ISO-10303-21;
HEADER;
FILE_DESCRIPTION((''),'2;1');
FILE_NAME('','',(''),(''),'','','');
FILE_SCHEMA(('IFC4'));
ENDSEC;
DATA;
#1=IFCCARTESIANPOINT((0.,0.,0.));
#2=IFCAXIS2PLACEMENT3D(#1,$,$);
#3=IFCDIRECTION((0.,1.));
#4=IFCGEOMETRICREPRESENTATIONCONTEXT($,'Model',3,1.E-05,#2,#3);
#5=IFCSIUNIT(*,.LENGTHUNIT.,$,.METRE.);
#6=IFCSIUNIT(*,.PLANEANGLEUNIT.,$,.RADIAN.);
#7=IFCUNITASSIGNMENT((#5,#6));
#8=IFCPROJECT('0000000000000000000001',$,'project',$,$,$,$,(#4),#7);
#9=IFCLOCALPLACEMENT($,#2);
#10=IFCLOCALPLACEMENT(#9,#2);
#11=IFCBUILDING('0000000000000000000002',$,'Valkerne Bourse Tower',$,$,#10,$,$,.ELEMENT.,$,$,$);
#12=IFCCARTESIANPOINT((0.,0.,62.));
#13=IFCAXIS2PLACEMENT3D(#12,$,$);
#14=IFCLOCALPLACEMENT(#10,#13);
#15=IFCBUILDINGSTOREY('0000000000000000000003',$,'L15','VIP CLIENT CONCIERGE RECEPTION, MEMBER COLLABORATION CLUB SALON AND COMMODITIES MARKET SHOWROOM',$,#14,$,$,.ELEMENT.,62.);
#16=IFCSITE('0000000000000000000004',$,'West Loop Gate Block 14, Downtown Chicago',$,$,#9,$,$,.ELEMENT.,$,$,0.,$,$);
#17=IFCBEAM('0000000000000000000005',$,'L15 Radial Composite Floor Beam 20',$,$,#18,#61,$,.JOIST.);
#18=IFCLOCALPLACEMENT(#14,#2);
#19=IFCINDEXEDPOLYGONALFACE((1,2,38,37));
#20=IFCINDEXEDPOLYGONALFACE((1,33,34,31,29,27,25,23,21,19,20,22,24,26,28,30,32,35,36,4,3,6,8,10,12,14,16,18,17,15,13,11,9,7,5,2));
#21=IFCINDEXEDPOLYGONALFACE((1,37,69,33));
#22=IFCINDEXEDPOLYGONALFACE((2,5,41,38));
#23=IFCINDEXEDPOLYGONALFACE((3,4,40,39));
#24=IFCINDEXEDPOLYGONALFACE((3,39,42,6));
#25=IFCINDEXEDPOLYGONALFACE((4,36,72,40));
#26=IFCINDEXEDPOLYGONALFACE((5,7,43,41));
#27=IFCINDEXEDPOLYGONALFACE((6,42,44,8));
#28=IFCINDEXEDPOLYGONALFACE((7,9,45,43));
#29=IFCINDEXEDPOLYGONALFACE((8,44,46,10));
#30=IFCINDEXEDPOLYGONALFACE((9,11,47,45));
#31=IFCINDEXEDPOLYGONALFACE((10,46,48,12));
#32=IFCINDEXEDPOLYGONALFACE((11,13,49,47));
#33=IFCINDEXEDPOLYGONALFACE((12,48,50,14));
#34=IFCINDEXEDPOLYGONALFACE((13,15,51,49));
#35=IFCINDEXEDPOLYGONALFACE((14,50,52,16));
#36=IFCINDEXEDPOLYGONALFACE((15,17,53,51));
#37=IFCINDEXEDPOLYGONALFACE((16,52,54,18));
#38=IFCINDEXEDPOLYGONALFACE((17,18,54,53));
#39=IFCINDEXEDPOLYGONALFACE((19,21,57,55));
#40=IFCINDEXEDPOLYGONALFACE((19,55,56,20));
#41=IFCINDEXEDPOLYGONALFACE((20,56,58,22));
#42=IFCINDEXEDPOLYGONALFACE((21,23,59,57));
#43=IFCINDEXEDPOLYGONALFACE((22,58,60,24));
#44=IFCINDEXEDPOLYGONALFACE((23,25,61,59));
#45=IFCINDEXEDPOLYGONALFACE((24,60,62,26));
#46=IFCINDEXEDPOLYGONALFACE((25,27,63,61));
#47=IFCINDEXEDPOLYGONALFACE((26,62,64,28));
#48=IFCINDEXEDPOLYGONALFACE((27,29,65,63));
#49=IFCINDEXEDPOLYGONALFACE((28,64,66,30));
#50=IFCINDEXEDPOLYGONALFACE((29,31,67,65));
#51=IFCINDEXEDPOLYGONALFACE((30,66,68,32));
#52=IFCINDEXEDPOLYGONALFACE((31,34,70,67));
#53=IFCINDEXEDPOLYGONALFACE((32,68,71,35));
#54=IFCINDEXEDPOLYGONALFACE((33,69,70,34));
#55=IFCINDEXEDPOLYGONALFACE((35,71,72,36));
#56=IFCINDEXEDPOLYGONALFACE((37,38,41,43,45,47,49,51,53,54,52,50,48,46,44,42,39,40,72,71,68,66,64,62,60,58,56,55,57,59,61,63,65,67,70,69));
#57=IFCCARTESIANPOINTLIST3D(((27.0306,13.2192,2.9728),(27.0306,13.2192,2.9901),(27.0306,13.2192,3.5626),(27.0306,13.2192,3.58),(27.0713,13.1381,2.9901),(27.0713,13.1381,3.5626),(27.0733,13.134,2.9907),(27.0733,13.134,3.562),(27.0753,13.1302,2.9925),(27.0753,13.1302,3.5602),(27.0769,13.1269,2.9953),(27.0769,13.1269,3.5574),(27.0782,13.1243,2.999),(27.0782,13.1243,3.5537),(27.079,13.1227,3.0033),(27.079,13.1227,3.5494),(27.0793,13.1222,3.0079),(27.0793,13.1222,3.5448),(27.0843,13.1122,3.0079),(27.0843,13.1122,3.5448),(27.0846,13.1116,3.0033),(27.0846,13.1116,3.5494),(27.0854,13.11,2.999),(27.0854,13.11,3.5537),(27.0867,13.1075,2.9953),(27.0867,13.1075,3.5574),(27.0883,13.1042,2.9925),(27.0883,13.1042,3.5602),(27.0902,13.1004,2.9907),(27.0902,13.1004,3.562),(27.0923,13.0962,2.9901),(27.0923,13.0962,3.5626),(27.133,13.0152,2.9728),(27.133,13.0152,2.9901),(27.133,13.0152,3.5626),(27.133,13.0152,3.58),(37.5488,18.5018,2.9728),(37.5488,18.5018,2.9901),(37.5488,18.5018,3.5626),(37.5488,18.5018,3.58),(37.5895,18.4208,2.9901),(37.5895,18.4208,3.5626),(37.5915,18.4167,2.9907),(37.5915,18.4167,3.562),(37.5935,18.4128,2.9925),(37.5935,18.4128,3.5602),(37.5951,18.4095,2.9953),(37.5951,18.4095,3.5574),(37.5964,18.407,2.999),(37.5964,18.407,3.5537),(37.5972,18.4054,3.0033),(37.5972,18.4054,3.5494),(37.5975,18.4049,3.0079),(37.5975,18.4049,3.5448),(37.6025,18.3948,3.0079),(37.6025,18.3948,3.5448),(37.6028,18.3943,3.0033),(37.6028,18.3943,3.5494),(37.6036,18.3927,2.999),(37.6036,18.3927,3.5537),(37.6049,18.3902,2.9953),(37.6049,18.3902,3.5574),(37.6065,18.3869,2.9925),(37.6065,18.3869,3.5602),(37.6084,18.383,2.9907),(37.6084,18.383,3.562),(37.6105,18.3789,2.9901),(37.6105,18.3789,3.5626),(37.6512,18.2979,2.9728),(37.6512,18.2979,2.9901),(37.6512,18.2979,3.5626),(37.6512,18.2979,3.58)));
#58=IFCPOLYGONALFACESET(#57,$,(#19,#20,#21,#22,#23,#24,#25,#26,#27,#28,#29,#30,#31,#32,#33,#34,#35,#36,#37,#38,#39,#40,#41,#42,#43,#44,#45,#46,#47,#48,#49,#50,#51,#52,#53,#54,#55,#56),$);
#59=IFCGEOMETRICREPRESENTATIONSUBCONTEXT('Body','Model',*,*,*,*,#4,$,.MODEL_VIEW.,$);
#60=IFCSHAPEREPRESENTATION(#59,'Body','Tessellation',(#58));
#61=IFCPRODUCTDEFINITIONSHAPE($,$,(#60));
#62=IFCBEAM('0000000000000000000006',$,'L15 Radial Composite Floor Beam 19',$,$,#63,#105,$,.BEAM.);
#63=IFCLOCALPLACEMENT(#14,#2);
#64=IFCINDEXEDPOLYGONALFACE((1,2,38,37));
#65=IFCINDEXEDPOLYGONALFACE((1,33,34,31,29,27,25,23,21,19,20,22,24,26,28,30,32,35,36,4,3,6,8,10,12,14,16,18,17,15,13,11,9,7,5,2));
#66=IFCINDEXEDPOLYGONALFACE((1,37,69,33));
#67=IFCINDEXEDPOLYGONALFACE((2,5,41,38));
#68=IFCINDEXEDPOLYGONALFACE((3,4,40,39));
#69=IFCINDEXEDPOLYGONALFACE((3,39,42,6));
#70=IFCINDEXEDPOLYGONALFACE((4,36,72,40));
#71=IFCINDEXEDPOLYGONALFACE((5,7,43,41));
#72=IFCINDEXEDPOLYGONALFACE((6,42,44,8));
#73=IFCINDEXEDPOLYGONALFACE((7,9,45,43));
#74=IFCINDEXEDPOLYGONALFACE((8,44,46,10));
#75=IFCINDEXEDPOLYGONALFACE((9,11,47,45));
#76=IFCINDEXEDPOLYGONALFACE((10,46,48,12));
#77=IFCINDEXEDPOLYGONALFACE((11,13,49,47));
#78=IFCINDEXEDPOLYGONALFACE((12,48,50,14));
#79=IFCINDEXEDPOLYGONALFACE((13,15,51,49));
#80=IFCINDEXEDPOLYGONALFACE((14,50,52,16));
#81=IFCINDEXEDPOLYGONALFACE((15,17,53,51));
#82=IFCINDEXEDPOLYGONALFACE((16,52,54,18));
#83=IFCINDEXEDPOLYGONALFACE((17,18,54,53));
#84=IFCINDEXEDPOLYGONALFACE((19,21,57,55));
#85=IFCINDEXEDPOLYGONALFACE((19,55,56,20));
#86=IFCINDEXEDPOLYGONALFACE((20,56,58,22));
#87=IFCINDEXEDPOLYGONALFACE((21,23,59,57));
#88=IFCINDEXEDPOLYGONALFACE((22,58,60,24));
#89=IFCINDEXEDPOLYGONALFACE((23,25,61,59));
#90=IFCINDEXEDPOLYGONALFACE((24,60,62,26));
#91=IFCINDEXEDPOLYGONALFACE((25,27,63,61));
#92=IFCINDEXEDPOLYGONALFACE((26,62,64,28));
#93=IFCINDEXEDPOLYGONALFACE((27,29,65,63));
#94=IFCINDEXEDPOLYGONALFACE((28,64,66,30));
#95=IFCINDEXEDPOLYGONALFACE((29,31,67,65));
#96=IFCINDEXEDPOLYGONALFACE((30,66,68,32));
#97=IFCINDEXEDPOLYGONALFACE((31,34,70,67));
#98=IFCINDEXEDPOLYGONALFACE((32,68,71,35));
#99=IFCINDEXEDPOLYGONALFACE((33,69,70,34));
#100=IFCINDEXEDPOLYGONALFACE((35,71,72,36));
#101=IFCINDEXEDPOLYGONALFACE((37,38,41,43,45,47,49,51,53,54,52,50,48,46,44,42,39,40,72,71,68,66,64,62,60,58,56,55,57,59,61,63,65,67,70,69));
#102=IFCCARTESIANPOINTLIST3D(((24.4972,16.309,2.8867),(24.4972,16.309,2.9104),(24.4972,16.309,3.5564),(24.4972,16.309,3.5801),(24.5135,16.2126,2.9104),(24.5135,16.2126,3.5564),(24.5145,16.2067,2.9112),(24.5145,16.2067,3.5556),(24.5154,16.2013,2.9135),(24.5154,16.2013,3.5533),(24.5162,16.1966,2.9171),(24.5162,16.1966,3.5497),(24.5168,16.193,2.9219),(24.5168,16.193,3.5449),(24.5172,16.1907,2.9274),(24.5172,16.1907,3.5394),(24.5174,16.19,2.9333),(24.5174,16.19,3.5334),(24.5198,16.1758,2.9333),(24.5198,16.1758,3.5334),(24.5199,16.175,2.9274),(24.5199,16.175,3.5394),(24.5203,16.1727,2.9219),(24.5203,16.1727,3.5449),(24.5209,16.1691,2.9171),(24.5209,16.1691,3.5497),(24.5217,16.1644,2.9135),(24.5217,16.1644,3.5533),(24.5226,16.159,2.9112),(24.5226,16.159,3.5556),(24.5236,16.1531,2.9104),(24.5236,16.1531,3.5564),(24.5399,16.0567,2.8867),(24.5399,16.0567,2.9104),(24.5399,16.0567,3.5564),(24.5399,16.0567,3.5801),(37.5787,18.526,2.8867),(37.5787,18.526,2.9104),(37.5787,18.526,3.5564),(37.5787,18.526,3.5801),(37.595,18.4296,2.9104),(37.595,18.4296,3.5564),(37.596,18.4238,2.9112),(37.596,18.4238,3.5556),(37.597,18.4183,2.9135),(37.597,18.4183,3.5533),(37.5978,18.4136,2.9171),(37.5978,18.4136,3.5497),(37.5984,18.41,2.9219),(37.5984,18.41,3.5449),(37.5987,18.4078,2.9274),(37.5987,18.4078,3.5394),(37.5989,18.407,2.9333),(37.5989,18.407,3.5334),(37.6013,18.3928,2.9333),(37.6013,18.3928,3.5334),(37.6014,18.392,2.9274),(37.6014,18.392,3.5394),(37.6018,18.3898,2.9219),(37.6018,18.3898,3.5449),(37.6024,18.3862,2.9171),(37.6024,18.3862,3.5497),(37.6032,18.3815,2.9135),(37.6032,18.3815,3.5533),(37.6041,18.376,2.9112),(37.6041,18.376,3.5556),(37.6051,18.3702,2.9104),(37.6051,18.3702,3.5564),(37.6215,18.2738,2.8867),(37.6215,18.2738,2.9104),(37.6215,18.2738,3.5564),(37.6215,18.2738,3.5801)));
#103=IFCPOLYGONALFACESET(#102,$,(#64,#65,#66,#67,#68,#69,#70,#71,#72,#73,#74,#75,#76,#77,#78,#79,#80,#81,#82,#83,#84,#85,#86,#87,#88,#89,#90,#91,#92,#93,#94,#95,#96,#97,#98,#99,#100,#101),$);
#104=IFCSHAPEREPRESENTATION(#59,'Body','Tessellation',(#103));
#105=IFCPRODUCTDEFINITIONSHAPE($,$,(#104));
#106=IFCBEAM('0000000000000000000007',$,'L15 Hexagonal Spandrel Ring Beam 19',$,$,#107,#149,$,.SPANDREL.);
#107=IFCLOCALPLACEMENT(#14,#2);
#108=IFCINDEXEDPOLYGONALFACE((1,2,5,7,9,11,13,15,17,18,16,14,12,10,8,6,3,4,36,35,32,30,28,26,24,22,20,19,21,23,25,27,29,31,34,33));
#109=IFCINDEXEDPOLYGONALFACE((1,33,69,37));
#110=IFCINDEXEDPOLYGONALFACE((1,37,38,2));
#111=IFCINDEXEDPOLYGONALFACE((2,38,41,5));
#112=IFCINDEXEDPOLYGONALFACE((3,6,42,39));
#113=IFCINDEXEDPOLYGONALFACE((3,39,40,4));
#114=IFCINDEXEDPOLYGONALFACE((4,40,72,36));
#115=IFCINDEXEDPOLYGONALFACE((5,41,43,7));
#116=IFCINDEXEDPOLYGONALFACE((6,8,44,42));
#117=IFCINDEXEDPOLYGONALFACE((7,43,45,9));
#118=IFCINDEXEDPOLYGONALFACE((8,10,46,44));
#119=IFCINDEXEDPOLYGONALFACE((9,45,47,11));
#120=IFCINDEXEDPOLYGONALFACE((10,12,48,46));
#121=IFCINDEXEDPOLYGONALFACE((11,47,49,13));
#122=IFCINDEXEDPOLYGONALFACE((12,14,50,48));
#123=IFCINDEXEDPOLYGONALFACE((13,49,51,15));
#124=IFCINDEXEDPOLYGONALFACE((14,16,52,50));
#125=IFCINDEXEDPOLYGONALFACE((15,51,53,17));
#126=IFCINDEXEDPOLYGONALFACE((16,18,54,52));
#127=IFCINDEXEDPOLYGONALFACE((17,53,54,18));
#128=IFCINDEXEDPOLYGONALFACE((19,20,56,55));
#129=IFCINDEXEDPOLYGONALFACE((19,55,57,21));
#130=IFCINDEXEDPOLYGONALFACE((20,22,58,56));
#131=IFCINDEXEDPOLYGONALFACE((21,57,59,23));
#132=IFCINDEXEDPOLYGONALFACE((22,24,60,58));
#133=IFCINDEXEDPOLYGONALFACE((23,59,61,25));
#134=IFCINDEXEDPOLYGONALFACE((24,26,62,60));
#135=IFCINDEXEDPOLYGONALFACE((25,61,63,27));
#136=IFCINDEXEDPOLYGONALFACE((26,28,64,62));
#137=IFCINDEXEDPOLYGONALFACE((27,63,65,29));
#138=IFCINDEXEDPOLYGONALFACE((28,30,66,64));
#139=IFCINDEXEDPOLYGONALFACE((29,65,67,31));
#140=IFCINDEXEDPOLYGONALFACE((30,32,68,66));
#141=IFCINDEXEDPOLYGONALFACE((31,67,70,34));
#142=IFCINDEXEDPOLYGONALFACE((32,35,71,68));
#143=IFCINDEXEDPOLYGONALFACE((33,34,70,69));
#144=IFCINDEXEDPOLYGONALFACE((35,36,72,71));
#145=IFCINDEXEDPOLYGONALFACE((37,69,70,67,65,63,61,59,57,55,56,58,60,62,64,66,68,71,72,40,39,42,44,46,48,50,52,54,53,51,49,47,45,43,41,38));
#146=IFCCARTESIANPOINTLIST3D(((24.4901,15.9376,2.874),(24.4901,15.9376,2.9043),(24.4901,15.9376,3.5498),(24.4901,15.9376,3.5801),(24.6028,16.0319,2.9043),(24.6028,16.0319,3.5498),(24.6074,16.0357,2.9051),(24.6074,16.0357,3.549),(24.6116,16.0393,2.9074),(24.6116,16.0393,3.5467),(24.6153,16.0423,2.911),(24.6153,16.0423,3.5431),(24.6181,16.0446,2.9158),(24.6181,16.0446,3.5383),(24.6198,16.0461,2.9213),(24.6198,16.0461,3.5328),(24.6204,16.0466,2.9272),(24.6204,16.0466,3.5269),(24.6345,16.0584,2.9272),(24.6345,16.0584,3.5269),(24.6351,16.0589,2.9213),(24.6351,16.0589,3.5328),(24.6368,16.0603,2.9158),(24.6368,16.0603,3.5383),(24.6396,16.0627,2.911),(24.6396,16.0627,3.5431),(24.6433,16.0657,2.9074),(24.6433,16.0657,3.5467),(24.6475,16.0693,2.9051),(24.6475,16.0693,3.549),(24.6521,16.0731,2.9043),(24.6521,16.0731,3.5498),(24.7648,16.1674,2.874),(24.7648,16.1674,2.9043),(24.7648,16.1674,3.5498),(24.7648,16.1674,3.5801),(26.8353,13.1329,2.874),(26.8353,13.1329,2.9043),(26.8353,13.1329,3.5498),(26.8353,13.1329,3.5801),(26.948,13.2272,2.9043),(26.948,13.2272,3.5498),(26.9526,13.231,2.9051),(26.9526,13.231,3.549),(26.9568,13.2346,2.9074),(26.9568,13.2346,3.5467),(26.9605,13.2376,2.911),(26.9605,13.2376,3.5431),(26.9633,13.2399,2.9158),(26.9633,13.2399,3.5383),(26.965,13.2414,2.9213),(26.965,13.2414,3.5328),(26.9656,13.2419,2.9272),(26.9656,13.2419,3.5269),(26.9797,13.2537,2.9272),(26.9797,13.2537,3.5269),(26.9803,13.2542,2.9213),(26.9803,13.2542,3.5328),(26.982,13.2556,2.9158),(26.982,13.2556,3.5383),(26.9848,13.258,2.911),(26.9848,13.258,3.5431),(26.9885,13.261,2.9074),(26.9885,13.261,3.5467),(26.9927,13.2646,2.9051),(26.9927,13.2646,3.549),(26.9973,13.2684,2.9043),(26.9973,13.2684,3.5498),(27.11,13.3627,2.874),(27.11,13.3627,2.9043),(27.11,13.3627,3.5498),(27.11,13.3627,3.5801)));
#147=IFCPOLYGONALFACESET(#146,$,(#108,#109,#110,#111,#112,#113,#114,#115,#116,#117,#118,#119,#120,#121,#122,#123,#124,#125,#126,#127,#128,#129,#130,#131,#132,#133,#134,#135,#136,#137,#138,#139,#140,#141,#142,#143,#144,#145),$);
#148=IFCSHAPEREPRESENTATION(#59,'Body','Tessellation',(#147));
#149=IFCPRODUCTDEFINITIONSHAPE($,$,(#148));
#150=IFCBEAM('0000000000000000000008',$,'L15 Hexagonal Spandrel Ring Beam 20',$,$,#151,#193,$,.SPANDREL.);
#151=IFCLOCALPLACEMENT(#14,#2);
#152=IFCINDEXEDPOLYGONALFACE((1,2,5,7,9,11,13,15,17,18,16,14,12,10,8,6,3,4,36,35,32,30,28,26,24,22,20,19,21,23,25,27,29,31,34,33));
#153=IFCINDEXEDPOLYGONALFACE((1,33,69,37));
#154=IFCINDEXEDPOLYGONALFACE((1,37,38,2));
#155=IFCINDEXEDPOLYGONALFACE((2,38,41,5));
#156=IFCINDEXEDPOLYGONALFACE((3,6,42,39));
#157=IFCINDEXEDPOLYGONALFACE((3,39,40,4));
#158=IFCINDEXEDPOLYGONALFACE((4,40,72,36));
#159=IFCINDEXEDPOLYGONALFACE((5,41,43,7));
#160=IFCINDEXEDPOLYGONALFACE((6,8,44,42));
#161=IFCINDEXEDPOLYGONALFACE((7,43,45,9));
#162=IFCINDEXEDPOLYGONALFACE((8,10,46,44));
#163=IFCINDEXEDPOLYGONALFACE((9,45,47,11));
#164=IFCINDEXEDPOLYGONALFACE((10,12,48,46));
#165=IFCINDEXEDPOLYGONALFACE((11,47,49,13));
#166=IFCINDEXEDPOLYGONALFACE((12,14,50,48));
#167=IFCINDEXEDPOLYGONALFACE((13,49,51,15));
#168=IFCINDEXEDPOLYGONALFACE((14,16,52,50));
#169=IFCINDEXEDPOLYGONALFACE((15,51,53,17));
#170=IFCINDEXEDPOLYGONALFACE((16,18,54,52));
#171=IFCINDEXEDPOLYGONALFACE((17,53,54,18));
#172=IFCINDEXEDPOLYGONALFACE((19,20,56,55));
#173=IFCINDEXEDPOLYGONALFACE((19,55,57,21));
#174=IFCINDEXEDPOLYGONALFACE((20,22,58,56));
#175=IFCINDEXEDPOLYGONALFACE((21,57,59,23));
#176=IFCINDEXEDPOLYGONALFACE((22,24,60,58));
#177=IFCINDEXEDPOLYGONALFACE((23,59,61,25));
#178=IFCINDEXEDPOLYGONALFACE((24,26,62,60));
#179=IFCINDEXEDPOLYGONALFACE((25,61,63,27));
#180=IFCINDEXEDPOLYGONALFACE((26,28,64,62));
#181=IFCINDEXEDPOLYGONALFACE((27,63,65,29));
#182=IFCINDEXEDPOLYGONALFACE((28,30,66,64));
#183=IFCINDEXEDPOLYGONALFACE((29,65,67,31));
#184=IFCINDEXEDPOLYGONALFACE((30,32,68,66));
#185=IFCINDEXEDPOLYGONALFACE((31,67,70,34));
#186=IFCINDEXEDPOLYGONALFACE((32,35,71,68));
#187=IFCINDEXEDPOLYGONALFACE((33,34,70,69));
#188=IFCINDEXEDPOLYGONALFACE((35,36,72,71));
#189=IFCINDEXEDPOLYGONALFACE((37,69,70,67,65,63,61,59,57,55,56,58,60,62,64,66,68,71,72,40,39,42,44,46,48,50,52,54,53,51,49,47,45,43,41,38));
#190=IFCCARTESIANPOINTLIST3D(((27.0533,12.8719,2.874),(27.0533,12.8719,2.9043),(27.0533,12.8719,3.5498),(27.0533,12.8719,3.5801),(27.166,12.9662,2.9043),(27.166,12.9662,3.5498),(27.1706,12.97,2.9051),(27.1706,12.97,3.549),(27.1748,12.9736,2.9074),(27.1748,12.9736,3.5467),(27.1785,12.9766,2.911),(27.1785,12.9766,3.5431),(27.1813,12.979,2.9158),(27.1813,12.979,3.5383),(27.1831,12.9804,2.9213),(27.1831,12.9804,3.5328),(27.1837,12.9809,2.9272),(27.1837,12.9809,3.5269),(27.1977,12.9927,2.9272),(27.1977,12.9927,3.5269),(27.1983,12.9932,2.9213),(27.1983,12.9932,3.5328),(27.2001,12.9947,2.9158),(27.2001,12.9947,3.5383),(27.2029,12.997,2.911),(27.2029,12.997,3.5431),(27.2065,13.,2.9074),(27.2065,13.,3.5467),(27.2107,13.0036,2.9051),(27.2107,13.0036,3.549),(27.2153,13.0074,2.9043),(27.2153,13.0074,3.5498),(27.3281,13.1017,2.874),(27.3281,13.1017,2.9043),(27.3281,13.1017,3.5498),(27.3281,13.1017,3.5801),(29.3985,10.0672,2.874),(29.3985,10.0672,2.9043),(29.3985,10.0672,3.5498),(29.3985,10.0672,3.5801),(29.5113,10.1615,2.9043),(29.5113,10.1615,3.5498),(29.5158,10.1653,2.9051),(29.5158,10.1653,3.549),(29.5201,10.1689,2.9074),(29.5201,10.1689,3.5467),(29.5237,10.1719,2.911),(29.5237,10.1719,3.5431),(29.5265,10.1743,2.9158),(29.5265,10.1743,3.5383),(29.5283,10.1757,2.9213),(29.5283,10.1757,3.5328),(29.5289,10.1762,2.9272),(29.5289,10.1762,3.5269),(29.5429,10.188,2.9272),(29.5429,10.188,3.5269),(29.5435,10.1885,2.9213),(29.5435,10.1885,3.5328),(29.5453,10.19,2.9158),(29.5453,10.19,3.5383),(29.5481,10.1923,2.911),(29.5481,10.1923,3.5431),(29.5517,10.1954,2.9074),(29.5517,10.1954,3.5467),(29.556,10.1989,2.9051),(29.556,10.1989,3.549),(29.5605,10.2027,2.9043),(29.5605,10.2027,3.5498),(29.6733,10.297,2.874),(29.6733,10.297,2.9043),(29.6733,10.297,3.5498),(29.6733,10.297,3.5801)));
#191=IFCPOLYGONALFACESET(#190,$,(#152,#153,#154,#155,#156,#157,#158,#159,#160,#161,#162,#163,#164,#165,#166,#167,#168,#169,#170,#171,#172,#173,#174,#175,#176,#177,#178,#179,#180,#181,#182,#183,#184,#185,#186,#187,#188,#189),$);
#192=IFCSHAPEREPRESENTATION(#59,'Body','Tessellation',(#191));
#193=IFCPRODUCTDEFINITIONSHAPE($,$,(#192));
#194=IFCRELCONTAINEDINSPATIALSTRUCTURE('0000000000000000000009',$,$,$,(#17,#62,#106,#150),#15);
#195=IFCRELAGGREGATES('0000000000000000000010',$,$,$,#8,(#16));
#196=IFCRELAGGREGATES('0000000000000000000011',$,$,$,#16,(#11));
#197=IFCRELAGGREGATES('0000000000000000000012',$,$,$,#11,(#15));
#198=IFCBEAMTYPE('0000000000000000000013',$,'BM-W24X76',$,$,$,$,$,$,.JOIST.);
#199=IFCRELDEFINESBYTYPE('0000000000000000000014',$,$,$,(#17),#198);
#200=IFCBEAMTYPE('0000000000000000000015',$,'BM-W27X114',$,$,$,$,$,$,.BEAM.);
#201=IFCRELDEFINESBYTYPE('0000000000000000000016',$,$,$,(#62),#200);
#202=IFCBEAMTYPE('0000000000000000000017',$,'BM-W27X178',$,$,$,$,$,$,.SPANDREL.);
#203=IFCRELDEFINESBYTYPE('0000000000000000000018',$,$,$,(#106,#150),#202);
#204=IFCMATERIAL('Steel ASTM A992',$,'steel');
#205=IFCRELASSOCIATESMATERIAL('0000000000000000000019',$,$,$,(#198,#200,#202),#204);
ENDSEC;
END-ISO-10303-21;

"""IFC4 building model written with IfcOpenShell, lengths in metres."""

from ifc_helpers import new_model, si_unit, direction, frame, origin, origin_2d, place, context, subcontext, project, spatial, i_section, extrude, material, material_profile, profile_set, type_object, element, save


model = new_model("IFC4")

# Units and contexts
model_context = context("Model", 3, precision=1e-05, world=origin(), true_north=direction((0.0, 1.0)))
body_context = subcontext(model_context, "Body", "Model", "MODEL_VIEW")
ifc_project = project(units=[si_unit("LENGTHUNIT", "METRE"), si_unit("PLANEANGLEUNIT", "RADIAN")], contexts=[model_context])

# Site, building, storey
site_placement = place(None, origin())
site = spatial("IfcSite", under=ifc_project, at=site_placement, Name="West Loop Gate Block 14, Downtown Chicago", CompositionType="ELEMENT", RefElevation=0.0)
building_placement = place(site_placement, origin())
building = spatial("IfcBuilding", under=site, at=building_placement, Name="Valkerne Bourse Tower", CompositionType="ELEMENT")
storey_placement = place(building_placement, frame((0.0, 0.0, 62.0)))
storey = spatial("IfcBuildingStorey", under=building, at=storey_placement, Name="L15", Description="VIP CLIENT CONCIERGE RECEPTION, MEMBER COLLABORATION CLUB SALON AND COMMODITIES MARKET SHOWROOM", CompositionType="ELEMENT", Elevation=62.0)

# Beams
ifc_material_1 = material(Name="Steel ASTM A992", Category="steel")
ifc_material_profile_1 = material_profile(ifc_material_1, i_section(OverallWidth=0.2283, OverallDepth=0.6072, WebThickness=0.0112, FlangeThickness=0.0173, FilletRadius=0.0178, at=origin_2d()), Name="W24X76")
ifc_profile_set_1 = profile_set([ifc_material_profile_1], Name="Steel ASTM A992")
beam_type_1 = type_object("IfcBeamType", Name="BM-W24X76", PredefinedType="JOIST", material=ifc_profile_set_1)
beam_1_placement = place(storey_placement, frame((27.0818, 13.1172, 3.2764), z_axis=(0.893625, 0.448814, 0.0), x_axis=(-0.448814, 0.893625, 0.0)))
element("IfcBeam", 1, at=beam_1_placement, inside=storey, type_object=beam_type_1, Name="L15 Radial Composite Floor Beam 20", PredefinedType="JOIST", context=body_context, shape_type="SweptSolid", body=[
    extrude(i_section(OverallWidth=0.2283, OverallDepth=0.6072, WebThickness=0.0112, FlangeThickness=0.0173, FilletRadius=0.0178, at=origin_2d()), origin(), (0.0, 0.0, 1.0), 11.7703),
])
ifc_material_profile_2 = material_profile(ifc_material_1, i_section(OverallWidth=0.2559, OverallDepth=0.6934, WebThickness=0.0144, FlangeThickness=0.0237, FilletRadius=0.0229, at=origin_2d()), Name="W27X114")
ifc_profile_set_2 = profile_set([ifc_material_profile_2], Name="Steel ASTM A992")
beam_type_2 = type_object("IfcBeamType", Name="BM-W27X114", PredefinedType="BEAM", material=ifc_profile_set_2)
beam_2_placement = place(storey_placement, frame((24.5186, 16.1829, 3.2334), z_axis=(0.985941, 0.167096, 0.0), x_axis=(-0.167096, 0.985941, 0.0)))
element("IfcBeam", 2, at=beam_2_placement, inside=storey, type_object=beam_type_2, Name="L15 Radial Composite Floor Beam 19", PredefinedType="BEAM", context=body_context, shape_type="SweptSolid", body=[
    extrude(i_section(OverallWidth=0.2559, OverallDepth=0.6934, WebThickness=0.0144, FlangeThickness=0.0237, FilletRadius=0.0229, at=origin_2d()), origin(), (0.0, 0.0, 1.0), 13.2681),
])
ifc_material_profile_3 = material_profile(ifc_material_1, i_section(OverallWidth=0.3582, OverallDepth=0.7061, WebThickness=0.0183, FlangeThickness=0.0303, FilletRadius=0.0229, at=origin_2d()), Name="W27X178")
ifc_profile_set_3 = profile_set([ifc_material_profile_3], Name="Steel ASTM A992")
beam_type_3 = type_object("IfcBeamType", Name="BM-W27X178", PredefinedType="SPANDREL", material=ifc_profile_set_3)
for number, where, z_axis, x_axis, name in (
    (3, (24.6274, 16.0525, 3.2271), (0.641471, -0.767147, 0.0), (0.767147, 0.641471, 0.0), "L15 Hexagonal Spandrel Ring Beam 19"),
    (4, (27.1907, 12.9868, 3.2271), (0.641471, -0.767147, 0.0), (0.767147, 0.641471, 0.0), "L15 Hexagonal Spandrel Ring Beam 20"),
):
    element("IfcBeam", number, at=place(storey_placement, frame(where, z_axis=z_axis, x_axis=x_axis)), inside=storey, type_object=beam_type_3, Name=name, PredefinedType="SPANDREL", context=body_context, shape_type="SweptSolid", body=[
        extrude(i_section(OverallWidth=0.3582, OverallDepth=0.7061, WebThickness=0.0183, FlangeThickness=0.0303, FilletRadius=0.0229, at=origin_2d()), origin(), (0.0, 0.0, 1.0), 3.656),
    ])

save(model, "model.ifc")
